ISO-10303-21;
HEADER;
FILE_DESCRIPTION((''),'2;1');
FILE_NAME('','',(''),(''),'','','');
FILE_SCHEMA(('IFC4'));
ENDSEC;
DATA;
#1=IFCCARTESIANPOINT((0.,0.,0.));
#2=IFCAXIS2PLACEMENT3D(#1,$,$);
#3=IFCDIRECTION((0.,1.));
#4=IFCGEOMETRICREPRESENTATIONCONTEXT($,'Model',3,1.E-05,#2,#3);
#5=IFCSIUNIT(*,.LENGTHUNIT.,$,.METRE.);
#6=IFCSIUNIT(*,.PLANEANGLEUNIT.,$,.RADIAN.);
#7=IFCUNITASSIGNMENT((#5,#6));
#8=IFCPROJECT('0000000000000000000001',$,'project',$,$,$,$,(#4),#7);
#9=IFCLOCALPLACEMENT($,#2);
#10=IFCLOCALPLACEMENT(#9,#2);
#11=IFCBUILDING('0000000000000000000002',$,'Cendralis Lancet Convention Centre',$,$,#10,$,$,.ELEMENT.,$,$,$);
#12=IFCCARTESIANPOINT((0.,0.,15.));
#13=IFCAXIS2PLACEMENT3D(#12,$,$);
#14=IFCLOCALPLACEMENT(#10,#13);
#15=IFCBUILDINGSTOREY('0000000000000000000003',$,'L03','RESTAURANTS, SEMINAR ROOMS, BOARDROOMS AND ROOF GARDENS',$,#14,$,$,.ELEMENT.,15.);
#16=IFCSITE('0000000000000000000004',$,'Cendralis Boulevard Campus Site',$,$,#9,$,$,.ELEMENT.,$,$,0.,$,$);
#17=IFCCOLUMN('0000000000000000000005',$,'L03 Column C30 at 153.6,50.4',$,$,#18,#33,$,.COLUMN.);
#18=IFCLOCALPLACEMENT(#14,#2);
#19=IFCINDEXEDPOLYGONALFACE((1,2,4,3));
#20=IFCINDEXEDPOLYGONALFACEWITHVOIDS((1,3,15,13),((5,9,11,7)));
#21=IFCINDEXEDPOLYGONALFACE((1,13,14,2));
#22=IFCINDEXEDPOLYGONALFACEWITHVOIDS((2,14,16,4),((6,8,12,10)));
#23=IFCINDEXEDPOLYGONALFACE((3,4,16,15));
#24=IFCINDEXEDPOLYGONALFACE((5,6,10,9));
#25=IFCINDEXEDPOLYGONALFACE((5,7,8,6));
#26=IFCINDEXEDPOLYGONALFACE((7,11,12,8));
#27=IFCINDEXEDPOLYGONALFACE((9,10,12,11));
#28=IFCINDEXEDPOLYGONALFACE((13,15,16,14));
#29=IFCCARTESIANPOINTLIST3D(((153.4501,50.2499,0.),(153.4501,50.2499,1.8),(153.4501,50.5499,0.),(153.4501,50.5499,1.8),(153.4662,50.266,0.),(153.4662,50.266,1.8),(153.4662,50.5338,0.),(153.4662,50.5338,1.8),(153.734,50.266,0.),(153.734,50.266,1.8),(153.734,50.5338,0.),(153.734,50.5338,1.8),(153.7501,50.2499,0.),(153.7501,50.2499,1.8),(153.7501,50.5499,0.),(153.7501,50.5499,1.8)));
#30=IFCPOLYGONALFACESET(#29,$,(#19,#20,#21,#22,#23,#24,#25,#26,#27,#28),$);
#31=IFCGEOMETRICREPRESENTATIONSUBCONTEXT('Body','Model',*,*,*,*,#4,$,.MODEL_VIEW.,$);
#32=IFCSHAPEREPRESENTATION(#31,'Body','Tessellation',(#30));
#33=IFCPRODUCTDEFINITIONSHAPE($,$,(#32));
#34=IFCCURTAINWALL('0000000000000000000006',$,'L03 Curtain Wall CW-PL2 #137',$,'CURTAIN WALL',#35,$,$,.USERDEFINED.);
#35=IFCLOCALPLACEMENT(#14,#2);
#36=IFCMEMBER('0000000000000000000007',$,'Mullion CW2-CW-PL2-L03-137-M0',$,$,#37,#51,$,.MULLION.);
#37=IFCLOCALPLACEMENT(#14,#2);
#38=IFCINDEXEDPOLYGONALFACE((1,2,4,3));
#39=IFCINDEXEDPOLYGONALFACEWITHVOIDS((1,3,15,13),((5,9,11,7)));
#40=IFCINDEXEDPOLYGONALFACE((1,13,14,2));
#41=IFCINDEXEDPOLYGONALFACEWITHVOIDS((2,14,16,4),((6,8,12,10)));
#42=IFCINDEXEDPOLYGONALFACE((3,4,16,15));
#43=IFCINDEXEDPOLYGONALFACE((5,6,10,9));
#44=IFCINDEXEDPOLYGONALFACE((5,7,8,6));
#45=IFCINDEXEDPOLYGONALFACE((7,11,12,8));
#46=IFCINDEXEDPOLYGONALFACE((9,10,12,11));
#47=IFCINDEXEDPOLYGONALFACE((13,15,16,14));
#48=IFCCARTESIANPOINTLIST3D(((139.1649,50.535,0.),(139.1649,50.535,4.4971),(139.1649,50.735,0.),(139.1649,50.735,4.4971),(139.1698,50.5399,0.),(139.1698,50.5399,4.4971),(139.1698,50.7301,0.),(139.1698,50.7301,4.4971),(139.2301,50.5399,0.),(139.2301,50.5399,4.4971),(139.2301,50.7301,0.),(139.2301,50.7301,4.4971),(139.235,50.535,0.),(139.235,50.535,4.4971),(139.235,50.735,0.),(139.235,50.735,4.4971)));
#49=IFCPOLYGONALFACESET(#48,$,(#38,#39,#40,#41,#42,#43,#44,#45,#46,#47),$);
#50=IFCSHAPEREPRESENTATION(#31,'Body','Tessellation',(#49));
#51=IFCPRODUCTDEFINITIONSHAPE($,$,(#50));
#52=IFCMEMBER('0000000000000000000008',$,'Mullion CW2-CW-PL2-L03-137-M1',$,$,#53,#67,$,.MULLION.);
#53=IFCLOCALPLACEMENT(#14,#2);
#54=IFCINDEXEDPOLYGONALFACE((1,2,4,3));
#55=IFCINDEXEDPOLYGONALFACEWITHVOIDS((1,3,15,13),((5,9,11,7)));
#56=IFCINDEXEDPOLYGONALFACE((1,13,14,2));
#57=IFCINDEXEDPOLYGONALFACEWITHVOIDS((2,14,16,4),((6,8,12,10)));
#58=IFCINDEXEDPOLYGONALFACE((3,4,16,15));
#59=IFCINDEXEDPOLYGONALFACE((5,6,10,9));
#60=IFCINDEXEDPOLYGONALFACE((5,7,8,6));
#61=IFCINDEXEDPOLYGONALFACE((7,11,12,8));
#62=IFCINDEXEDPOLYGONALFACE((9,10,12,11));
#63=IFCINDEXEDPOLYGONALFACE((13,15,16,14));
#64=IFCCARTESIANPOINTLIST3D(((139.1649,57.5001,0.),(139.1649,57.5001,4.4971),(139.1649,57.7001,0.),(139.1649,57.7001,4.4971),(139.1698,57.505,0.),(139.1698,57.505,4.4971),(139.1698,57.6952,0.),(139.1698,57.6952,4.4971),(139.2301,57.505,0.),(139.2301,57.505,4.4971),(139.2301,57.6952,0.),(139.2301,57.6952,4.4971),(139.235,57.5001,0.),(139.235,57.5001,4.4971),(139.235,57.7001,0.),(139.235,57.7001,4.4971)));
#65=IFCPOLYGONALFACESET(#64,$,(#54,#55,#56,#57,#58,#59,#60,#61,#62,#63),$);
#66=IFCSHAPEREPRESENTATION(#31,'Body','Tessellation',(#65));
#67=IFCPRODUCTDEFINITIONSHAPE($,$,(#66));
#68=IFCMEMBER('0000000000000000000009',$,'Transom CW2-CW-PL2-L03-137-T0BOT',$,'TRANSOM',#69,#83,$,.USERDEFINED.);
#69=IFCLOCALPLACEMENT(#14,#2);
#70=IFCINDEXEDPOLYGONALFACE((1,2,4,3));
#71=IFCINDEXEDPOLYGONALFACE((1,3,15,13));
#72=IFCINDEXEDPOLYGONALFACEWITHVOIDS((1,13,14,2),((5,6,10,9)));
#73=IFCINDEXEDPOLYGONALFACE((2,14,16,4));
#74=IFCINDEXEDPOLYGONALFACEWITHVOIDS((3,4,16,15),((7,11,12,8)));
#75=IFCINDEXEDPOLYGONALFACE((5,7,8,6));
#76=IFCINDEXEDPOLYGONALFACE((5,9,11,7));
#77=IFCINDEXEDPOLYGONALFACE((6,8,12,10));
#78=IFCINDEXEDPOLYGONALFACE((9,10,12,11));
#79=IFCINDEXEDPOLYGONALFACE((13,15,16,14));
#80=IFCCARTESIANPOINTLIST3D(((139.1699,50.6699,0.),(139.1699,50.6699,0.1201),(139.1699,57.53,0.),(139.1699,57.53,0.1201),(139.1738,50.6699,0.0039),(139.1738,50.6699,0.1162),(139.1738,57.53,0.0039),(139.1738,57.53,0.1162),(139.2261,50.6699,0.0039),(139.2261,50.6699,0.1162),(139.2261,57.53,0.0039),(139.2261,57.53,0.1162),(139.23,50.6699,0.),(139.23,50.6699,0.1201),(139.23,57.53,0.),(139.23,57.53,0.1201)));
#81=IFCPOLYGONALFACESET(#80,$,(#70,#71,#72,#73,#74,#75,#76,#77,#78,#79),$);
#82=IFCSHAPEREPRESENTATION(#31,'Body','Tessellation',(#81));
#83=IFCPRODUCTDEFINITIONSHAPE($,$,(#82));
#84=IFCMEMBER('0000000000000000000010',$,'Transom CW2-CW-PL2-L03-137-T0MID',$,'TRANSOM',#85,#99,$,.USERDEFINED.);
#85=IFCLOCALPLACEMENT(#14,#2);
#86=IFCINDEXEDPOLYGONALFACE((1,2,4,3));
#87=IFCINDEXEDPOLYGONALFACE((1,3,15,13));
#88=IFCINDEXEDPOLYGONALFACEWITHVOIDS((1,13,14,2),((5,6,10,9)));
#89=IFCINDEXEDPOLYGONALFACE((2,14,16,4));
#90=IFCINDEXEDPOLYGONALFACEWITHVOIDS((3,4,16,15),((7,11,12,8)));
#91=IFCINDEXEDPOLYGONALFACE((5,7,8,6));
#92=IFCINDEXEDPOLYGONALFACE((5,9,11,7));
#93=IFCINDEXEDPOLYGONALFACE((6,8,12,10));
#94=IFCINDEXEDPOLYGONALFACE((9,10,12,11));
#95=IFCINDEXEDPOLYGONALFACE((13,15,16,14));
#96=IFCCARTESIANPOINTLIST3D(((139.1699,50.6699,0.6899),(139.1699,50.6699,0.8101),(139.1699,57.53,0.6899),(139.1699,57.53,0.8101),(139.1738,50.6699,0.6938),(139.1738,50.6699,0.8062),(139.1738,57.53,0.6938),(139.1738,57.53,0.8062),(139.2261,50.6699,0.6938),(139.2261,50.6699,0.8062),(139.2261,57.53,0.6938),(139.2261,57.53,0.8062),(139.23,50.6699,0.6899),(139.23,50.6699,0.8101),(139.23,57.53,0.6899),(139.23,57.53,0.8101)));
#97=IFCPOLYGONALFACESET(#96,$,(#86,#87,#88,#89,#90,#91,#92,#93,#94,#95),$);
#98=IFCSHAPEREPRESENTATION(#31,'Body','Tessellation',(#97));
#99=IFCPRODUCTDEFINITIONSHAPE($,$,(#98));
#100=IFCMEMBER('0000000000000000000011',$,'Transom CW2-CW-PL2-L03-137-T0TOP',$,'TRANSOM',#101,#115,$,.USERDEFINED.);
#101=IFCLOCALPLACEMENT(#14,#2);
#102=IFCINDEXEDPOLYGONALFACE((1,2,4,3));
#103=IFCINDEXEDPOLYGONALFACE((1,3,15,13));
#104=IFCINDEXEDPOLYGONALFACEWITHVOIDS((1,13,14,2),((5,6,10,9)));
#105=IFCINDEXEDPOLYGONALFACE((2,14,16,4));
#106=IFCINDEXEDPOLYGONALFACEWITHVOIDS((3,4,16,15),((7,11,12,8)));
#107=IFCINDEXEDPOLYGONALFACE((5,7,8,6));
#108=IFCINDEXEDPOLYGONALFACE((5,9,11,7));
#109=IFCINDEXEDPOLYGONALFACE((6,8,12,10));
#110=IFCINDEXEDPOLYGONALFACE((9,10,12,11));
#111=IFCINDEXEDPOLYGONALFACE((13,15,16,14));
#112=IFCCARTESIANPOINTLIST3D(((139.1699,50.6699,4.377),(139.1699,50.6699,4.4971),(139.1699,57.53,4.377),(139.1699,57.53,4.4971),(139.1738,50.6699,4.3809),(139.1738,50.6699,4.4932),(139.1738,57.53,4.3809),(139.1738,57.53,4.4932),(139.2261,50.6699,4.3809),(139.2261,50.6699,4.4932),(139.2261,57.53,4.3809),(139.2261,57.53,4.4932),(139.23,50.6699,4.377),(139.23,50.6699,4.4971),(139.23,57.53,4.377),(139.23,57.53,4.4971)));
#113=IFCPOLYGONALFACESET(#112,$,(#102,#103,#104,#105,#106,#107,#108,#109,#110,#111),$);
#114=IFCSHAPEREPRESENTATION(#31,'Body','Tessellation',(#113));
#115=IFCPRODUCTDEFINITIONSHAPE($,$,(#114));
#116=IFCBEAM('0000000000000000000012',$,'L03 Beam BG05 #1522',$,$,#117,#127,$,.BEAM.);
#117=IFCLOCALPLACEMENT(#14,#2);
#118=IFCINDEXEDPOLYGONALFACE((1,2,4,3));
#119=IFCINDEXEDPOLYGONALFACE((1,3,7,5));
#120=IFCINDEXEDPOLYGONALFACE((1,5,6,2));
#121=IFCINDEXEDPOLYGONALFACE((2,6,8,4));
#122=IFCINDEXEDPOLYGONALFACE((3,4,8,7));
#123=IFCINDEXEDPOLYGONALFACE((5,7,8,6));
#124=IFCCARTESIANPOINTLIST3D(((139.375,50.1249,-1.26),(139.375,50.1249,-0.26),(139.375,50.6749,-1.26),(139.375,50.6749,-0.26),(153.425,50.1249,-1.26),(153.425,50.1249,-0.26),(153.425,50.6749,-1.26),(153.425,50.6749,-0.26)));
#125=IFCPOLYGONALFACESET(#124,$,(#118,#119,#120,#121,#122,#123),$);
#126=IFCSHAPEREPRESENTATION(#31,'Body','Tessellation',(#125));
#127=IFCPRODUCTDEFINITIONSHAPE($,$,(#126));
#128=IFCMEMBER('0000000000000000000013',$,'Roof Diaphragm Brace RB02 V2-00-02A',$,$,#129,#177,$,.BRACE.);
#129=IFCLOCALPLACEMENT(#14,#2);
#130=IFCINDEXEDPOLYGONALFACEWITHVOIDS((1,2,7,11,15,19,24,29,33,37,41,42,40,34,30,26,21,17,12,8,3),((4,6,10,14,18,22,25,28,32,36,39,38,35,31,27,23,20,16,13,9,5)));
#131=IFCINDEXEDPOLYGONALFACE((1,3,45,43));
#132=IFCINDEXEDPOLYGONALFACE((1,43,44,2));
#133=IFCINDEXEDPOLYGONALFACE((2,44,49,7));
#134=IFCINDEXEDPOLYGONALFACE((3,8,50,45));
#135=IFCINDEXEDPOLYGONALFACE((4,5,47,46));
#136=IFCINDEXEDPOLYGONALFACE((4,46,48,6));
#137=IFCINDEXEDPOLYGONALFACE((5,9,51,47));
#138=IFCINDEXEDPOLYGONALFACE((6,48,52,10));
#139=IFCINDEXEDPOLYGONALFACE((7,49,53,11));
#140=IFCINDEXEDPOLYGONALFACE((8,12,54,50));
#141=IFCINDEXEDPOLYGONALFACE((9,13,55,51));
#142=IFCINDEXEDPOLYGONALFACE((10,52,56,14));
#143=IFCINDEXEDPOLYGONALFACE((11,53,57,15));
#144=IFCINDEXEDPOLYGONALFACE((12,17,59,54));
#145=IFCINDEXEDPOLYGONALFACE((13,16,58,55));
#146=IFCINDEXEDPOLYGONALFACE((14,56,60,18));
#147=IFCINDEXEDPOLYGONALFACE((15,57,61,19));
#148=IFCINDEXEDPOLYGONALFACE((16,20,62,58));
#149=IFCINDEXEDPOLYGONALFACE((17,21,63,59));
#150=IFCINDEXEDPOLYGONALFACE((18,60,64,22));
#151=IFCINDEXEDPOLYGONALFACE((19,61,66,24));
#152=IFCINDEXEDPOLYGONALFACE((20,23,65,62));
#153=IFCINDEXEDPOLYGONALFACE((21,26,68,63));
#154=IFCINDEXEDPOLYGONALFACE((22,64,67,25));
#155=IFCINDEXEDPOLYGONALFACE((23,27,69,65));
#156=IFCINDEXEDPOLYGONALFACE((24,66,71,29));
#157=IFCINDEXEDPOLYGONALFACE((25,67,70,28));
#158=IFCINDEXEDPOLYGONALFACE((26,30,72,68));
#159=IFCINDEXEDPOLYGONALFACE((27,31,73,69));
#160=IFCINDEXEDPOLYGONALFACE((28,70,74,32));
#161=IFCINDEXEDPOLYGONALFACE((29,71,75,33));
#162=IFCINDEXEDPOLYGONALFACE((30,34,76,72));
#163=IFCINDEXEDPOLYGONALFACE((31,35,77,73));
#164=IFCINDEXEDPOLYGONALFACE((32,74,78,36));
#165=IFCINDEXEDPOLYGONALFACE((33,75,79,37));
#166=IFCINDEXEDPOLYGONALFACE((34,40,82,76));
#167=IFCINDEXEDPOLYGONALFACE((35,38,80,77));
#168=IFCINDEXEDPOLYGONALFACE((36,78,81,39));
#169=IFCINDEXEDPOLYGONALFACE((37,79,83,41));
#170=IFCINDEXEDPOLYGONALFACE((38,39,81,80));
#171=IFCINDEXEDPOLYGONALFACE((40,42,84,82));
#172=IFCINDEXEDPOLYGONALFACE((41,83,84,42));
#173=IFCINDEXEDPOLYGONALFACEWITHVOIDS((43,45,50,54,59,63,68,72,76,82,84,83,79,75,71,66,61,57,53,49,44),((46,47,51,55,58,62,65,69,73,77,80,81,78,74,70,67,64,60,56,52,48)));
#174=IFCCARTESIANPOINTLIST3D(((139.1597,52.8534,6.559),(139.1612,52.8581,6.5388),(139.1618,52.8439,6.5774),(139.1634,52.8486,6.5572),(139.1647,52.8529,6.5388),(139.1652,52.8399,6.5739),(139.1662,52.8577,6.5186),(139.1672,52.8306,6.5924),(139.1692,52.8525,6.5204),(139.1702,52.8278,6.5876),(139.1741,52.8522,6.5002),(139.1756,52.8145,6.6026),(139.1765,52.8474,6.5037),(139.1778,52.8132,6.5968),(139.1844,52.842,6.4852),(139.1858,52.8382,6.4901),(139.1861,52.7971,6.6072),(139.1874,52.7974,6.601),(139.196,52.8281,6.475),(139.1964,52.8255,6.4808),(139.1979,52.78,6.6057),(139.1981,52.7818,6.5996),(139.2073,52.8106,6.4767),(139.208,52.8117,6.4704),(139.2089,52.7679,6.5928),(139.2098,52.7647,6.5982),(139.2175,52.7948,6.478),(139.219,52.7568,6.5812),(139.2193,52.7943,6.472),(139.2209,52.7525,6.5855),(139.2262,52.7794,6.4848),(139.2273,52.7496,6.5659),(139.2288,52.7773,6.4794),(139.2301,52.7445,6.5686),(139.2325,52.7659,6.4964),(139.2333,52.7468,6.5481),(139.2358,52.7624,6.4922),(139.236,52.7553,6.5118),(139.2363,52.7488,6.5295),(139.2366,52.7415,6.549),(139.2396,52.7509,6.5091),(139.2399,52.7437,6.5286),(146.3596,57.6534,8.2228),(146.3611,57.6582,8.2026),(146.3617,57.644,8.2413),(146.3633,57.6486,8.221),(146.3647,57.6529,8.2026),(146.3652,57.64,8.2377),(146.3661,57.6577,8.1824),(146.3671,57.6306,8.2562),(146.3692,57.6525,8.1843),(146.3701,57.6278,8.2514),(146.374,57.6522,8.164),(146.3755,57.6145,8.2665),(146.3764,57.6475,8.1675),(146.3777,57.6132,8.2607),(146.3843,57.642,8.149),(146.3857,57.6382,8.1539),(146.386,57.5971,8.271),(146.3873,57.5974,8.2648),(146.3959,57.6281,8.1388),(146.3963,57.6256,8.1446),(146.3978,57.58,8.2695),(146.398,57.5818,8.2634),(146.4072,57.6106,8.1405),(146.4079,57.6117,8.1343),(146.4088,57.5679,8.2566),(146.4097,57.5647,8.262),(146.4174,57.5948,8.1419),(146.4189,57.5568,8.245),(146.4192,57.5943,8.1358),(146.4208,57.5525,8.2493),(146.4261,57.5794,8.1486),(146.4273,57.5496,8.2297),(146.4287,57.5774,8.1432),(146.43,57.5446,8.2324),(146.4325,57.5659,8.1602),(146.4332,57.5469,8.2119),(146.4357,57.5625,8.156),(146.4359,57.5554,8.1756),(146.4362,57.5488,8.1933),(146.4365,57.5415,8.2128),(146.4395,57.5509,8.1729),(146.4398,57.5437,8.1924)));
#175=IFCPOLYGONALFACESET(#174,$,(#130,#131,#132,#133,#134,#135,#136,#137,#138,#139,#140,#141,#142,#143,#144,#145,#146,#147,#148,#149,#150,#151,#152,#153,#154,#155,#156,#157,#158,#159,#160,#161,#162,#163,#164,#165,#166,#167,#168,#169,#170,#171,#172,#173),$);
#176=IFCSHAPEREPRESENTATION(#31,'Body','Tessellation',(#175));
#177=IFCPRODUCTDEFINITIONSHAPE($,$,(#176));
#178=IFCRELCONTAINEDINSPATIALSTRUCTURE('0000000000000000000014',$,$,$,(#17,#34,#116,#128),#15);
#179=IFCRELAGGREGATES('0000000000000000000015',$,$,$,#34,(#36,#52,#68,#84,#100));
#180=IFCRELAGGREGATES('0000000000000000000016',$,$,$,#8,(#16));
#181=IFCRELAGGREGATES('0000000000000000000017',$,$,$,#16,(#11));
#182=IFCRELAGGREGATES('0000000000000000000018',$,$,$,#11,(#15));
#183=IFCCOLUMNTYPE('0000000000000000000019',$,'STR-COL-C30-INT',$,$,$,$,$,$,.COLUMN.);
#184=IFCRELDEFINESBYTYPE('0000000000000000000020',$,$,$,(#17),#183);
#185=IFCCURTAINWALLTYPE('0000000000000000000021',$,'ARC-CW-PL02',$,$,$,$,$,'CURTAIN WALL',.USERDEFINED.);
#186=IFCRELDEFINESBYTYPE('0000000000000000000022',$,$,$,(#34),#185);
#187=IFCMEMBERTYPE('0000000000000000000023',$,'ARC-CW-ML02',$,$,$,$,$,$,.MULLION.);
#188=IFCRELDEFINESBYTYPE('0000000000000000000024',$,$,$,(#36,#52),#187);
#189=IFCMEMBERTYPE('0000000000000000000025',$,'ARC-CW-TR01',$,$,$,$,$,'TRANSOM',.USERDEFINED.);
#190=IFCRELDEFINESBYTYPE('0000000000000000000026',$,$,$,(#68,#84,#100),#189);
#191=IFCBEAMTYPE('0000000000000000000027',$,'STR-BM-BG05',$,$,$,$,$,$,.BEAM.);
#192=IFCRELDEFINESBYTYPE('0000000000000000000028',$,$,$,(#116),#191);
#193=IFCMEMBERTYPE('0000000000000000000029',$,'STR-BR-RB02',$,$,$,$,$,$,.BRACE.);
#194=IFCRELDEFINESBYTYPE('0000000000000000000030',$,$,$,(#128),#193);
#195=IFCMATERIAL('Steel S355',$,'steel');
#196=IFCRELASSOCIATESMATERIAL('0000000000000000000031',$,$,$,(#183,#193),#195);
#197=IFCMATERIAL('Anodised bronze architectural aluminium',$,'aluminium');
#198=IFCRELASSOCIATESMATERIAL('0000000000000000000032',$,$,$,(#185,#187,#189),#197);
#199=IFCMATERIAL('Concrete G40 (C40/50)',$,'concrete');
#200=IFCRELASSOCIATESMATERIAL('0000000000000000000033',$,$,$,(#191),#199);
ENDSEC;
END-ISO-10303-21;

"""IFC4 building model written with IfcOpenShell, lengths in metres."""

from ifc_helpers import new_model, si_unit, direction, frame, origin, origin_2d, place, context, subcontext, project, spatial, rectangle, hollow_rectangle, hollow_circle, extrude, material, material_profile, profile_set, type_object, element, aggregate, save


model = new_model("IFC4")

# Units and contexts
model_context = context("Model", 3, precision=1e-05, world=origin(), true_north=direction((0.0, 1.0)))
body_context = subcontext(model_context, "Body", "Model", "MODEL_VIEW")
ifc_project = project(units=[si_unit("LENGTHUNIT", "METRE"), si_unit("PLANEANGLEUNIT", "RADIAN")], contexts=[model_context])

# Site, building, storey
site_placement = place(None, origin())
site = spatial("IfcSite", under=ifc_project, at=site_placement, Name="Cendralis Boulevard Campus Site", CompositionType="ELEMENT", RefElevation=0.0)
building_placement = place(site_placement, origin())
building = spatial("IfcBuilding", under=site, at=building_placement, Name="Cendralis Lancet Convention Centre", CompositionType="ELEMENT")
storey_placement = place(building_placement, frame((0.0, 0.0, 15.0)))
storey = spatial("IfcBuildingStorey", under=building, at=storey_placement, Name="L03", Description="RESTAURANTS, SEMINAR ROOMS, BOARDROOMS AND ROOF GARDENS", CompositionType="ELEMENT", Elevation=15.0)

# Column
ifc_material_1 = material(Name="Steel S355", Category="steel")
ifc_material_profile_1 = material_profile(ifc_material_1, hollow_rectangle(XDim=0.3, YDim=0.3, WallThickness=0.0161, at=origin_2d()), Name="SHS 300x300x16.0")
ifc_profile_set_1 = profile_set([ifc_material_profile_1], Name="Steel S355")
column_type = type_object("IfcColumnType", Name="STR-COL-C30-INT", PredefinedType="COLUMN", material=ifc_profile_set_1)
column_placement = place(storey_placement, frame((153.6001, 50.3999, 0.0), z_axis=(0.0, 0.0, 1.0), x_axis=(1.0, 0.0, 0.0)))
element("IfcColumn", 1, at=column_placement, inside=storey, type_object=column_type, Name="L03 Column C30 at 153.6,50.4", PredefinedType="COLUMN", context=body_context, shape_type="SweptSolid", body=[
    extrude(hollow_rectangle(XDim=0.3, YDim=0.3, WallThickness=0.0161, at=origin_2d()), origin(), (0.0, 0.0, 1.0), 1.8),
])

# Curtain wall, members
ifc_material_2 = material(Name="Anodised bronze architectural aluminium", Category="aluminium")
curtain_wall_type = type_object("IfcCurtainWallType", Name="ARC-CW-PL02", ElementType="CURTAIN WALL", PredefinedType="USERDEFINED", material=ifc_material_2)
curtain_wall_placement = place(storey_placement, origin())
curtain_wall = element("IfcCurtainWall", 2, at=curtain_wall_placement, inside=storey, type_object=curtain_wall_type, Name="L03 Curtain Wall CW-PL2 #137", ObjectType="CURTAIN WALL", PredefinedType="USERDEFINED")
ifc_material_profile_2 = material_profile(ifc_material_2, hollow_rectangle(XDim=0.0701, YDim=0.2, WallThickness=0.0049, at=origin_2d()), Name="AL-MULL 70x200x5.0")
ifc_profile_set_2 = profile_set([ifc_material_profile_2], Name="Anodised bronze architectural aluminium")
member_type_1 = type_object("IfcMemberType", Name="ARC-CW-ML02", PredefinedType="MULLION", material=ifc_profile_set_2)
member_1_placement = place(storey_placement, frame((139.2, 50.635, 0.0), z_axis=(0.0, 0.0, 1.0), x_axis=(1.0, 0.0, 0.0)))
member_1 = element("IfcMember", 3, at=member_1_placement, type_object=member_type_1, Name="Mullion CW2-CW-PL2-L03-137-M0", PredefinedType="MULLION", context=body_context, shape_type="SweptSolid", body=[
    extrude(hollow_rectangle(XDim=0.0701, YDim=0.2, WallThickness=0.0049, at=origin_2d()), origin(), (0.0, 0.0, 1.0), 4.4971),
])
member_2_placement = place(storey_placement, frame((139.2, 57.6001, 0.0), z_axis=(0.0, 0.0, 1.0), x_axis=(1.0, 0.0, 0.0)))
member_2 = element("IfcMember", 4, at=member_2_placement, type_object=member_type_1, Name="Mullion CW2-CW-PL2-L03-137-M1", PredefinedType="MULLION", context=body_context, shape_type="SweptSolid", body=[
    extrude(hollow_rectangle(XDim=0.0701, YDim=0.2, WallThickness=0.0049, at=origin_2d()), origin(), (0.0, 0.0, 1.0), 4.4971),
])
ifc_material_profile_3 = material_profile(ifc_material_2, hollow_rectangle(XDim=0.0601, YDim=0.1201, WallThickness=0.0039, at=origin_2d()), Name="AL-TRAN 60x120x4.0")
ifc_profile_set_3 = profile_set([ifc_material_profile_3], Name="Anodised bronze architectural aluminium")
member_type_2 = type_object("IfcMemberType", Name="ARC-CW-TR01", ElementType="TRANSOM", PredefinedType="USERDEFINED", material=ifc_profile_set_3)
member_3_placement = place(storey_placement, frame((139.2, 50.6699, 0.0601), z_axis=(0.0, 1.0, 0.0), x_axis=(-1.0, 0.0, 0.0)))
member_3 = element("IfcMember", 5, at=member_3_placement, type_object=member_type_2, Name="Transom CW2-CW-PL2-L03-137-T0BOT", ObjectType="TRANSOM", PredefinedType="USERDEFINED", context=body_context, shape_type="SweptSolid", body=[
    extrude(hollow_rectangle(XDim=0.0601, YDim=0.1201, WallThickness=0.0039, at=origin_2d()), origin(), (0.0, 0.0, 1.0), 6.8601),
])
member_4_placement = place(storey_placement, frame((139.2, 50.6699, 0.75), z_axis=(0.0, 1.0, 0.0), x_axis=(-1.0, 0.0, 0.0)))
member_4 = element("IfcMember", 6, at=member_4_placement, type_object=member_type_2, Name="Transom CW2-CW-PL2-L03-137-T0MID", ObjectType="TRANSOM", PredefinedType="USERDEFINED", context=body_context, shape_type="SweptSolid", body=[
    extrude(hollow_rectangle(XDim=0.0601, YDim=0.1201, WallThickness=0.0039, at=origin_2d()), origin(), (0.0, 0.0, 1.0), 6.8601),
])
member_5_placement = place(storey_placement, frame((139.2, 50.6699, 4.437), z_axis=(0.0, 1.0, 0.0), x_axis=(-1.0, 0.0, 0.0)))
member_5 = element("IfcMember", 7, at=member_5_placement, type_object=member_type_2, Name="Transom CW2-CW-PL2-L03-137-T0TOP", ObjectType="TRANSOM", PredefinedType="USERDEFINED", context=body_context, shape_type="SweptSolid", body=[
    extrude(hollow_rectangle(XDim=0.0601, YDim=0.1201, WallThickness=0.0039, at=origin_2d()), origin(), (0.0, 0.0, 1.0), 6.8601),
])

# Beam
ifc_material_3 = material(Name="Concrete G40 (C40/50)", Category="concrete")
ifc_material_profile_4 = material_profile(ifc_material_3, rectangle(XDim=0.55, YDim=1.0, at=origin_2d()), Name="RCB 550x1000")
ifc_profile_set_4 = profile_set([ifc_material_profile_4], Name="Concrete G40 (C40/50)")
beam_type_1 = type_object("IfcBeamType", Name="STR-BM-BG05", PredefinedType="BEAM", material=ifc_profile_set_4)
beam_1_placement = place(storey_placement, frame((139.375, 50.3999, -0.76), z_axis=(1.0, 0.0, 0.0), x_axis=(0.0, 1.0, 0.0)))
element("IfcBeam", 8, at=beam_1_placement, inside=storey, type_object=beam_type_1, Name="L03 Beam BG05 #1522", PredefinedType="BEAM", context=body_context, shape_type="SweptSolid", body=[
    extrude(rectangle(XDim=0.55, YDim=1.0, at=origin_2d()), origin(), (0.0, 0.0, 1.0), 14.05),
])

# Member
ifc_material_profile_5 = material_profile(ifc_material_1, hollow_circle(Radius=0.0698, WallThickness=0.0063, at=origin_2d()), Name="CHS 139.7x6.3")
ifc_profile_set_5 = profile_set([ifc_material_profile_5], Name="Steel S355")
member_type_3 = type_object("IfcMemberType", Name="STR-BR-RB02", PredefinedType="BRACE", material=ifc_profile_set_5)
member_6_placement = place(storey_placement, frame((139.2, 52.8, 6.5388), z_axis=(0.817079, 0.544729, 0.188817), x_axis=(-0.554707, 0.832046, 0.0)))
element("IfcMember", 9, at=member_6_placement, inside=storey, type_object=member_type_3, Name="Roof Diaphragm Brace RB02 V2-00-02A", PredefinedType="BRACE", context=body_context, shape_type="SweptSolid", body=[
    extrude(hollow_circle(Radius=0.0698, WallThickness=0.0063, at=origin_2d()), origin(), (0.0, 0.0, 1.0), 8.8118),
])

aggregate(curtain_wall, [member_1, member_2, member_3, member_4, member_5])

save(model, "model.ifc")
